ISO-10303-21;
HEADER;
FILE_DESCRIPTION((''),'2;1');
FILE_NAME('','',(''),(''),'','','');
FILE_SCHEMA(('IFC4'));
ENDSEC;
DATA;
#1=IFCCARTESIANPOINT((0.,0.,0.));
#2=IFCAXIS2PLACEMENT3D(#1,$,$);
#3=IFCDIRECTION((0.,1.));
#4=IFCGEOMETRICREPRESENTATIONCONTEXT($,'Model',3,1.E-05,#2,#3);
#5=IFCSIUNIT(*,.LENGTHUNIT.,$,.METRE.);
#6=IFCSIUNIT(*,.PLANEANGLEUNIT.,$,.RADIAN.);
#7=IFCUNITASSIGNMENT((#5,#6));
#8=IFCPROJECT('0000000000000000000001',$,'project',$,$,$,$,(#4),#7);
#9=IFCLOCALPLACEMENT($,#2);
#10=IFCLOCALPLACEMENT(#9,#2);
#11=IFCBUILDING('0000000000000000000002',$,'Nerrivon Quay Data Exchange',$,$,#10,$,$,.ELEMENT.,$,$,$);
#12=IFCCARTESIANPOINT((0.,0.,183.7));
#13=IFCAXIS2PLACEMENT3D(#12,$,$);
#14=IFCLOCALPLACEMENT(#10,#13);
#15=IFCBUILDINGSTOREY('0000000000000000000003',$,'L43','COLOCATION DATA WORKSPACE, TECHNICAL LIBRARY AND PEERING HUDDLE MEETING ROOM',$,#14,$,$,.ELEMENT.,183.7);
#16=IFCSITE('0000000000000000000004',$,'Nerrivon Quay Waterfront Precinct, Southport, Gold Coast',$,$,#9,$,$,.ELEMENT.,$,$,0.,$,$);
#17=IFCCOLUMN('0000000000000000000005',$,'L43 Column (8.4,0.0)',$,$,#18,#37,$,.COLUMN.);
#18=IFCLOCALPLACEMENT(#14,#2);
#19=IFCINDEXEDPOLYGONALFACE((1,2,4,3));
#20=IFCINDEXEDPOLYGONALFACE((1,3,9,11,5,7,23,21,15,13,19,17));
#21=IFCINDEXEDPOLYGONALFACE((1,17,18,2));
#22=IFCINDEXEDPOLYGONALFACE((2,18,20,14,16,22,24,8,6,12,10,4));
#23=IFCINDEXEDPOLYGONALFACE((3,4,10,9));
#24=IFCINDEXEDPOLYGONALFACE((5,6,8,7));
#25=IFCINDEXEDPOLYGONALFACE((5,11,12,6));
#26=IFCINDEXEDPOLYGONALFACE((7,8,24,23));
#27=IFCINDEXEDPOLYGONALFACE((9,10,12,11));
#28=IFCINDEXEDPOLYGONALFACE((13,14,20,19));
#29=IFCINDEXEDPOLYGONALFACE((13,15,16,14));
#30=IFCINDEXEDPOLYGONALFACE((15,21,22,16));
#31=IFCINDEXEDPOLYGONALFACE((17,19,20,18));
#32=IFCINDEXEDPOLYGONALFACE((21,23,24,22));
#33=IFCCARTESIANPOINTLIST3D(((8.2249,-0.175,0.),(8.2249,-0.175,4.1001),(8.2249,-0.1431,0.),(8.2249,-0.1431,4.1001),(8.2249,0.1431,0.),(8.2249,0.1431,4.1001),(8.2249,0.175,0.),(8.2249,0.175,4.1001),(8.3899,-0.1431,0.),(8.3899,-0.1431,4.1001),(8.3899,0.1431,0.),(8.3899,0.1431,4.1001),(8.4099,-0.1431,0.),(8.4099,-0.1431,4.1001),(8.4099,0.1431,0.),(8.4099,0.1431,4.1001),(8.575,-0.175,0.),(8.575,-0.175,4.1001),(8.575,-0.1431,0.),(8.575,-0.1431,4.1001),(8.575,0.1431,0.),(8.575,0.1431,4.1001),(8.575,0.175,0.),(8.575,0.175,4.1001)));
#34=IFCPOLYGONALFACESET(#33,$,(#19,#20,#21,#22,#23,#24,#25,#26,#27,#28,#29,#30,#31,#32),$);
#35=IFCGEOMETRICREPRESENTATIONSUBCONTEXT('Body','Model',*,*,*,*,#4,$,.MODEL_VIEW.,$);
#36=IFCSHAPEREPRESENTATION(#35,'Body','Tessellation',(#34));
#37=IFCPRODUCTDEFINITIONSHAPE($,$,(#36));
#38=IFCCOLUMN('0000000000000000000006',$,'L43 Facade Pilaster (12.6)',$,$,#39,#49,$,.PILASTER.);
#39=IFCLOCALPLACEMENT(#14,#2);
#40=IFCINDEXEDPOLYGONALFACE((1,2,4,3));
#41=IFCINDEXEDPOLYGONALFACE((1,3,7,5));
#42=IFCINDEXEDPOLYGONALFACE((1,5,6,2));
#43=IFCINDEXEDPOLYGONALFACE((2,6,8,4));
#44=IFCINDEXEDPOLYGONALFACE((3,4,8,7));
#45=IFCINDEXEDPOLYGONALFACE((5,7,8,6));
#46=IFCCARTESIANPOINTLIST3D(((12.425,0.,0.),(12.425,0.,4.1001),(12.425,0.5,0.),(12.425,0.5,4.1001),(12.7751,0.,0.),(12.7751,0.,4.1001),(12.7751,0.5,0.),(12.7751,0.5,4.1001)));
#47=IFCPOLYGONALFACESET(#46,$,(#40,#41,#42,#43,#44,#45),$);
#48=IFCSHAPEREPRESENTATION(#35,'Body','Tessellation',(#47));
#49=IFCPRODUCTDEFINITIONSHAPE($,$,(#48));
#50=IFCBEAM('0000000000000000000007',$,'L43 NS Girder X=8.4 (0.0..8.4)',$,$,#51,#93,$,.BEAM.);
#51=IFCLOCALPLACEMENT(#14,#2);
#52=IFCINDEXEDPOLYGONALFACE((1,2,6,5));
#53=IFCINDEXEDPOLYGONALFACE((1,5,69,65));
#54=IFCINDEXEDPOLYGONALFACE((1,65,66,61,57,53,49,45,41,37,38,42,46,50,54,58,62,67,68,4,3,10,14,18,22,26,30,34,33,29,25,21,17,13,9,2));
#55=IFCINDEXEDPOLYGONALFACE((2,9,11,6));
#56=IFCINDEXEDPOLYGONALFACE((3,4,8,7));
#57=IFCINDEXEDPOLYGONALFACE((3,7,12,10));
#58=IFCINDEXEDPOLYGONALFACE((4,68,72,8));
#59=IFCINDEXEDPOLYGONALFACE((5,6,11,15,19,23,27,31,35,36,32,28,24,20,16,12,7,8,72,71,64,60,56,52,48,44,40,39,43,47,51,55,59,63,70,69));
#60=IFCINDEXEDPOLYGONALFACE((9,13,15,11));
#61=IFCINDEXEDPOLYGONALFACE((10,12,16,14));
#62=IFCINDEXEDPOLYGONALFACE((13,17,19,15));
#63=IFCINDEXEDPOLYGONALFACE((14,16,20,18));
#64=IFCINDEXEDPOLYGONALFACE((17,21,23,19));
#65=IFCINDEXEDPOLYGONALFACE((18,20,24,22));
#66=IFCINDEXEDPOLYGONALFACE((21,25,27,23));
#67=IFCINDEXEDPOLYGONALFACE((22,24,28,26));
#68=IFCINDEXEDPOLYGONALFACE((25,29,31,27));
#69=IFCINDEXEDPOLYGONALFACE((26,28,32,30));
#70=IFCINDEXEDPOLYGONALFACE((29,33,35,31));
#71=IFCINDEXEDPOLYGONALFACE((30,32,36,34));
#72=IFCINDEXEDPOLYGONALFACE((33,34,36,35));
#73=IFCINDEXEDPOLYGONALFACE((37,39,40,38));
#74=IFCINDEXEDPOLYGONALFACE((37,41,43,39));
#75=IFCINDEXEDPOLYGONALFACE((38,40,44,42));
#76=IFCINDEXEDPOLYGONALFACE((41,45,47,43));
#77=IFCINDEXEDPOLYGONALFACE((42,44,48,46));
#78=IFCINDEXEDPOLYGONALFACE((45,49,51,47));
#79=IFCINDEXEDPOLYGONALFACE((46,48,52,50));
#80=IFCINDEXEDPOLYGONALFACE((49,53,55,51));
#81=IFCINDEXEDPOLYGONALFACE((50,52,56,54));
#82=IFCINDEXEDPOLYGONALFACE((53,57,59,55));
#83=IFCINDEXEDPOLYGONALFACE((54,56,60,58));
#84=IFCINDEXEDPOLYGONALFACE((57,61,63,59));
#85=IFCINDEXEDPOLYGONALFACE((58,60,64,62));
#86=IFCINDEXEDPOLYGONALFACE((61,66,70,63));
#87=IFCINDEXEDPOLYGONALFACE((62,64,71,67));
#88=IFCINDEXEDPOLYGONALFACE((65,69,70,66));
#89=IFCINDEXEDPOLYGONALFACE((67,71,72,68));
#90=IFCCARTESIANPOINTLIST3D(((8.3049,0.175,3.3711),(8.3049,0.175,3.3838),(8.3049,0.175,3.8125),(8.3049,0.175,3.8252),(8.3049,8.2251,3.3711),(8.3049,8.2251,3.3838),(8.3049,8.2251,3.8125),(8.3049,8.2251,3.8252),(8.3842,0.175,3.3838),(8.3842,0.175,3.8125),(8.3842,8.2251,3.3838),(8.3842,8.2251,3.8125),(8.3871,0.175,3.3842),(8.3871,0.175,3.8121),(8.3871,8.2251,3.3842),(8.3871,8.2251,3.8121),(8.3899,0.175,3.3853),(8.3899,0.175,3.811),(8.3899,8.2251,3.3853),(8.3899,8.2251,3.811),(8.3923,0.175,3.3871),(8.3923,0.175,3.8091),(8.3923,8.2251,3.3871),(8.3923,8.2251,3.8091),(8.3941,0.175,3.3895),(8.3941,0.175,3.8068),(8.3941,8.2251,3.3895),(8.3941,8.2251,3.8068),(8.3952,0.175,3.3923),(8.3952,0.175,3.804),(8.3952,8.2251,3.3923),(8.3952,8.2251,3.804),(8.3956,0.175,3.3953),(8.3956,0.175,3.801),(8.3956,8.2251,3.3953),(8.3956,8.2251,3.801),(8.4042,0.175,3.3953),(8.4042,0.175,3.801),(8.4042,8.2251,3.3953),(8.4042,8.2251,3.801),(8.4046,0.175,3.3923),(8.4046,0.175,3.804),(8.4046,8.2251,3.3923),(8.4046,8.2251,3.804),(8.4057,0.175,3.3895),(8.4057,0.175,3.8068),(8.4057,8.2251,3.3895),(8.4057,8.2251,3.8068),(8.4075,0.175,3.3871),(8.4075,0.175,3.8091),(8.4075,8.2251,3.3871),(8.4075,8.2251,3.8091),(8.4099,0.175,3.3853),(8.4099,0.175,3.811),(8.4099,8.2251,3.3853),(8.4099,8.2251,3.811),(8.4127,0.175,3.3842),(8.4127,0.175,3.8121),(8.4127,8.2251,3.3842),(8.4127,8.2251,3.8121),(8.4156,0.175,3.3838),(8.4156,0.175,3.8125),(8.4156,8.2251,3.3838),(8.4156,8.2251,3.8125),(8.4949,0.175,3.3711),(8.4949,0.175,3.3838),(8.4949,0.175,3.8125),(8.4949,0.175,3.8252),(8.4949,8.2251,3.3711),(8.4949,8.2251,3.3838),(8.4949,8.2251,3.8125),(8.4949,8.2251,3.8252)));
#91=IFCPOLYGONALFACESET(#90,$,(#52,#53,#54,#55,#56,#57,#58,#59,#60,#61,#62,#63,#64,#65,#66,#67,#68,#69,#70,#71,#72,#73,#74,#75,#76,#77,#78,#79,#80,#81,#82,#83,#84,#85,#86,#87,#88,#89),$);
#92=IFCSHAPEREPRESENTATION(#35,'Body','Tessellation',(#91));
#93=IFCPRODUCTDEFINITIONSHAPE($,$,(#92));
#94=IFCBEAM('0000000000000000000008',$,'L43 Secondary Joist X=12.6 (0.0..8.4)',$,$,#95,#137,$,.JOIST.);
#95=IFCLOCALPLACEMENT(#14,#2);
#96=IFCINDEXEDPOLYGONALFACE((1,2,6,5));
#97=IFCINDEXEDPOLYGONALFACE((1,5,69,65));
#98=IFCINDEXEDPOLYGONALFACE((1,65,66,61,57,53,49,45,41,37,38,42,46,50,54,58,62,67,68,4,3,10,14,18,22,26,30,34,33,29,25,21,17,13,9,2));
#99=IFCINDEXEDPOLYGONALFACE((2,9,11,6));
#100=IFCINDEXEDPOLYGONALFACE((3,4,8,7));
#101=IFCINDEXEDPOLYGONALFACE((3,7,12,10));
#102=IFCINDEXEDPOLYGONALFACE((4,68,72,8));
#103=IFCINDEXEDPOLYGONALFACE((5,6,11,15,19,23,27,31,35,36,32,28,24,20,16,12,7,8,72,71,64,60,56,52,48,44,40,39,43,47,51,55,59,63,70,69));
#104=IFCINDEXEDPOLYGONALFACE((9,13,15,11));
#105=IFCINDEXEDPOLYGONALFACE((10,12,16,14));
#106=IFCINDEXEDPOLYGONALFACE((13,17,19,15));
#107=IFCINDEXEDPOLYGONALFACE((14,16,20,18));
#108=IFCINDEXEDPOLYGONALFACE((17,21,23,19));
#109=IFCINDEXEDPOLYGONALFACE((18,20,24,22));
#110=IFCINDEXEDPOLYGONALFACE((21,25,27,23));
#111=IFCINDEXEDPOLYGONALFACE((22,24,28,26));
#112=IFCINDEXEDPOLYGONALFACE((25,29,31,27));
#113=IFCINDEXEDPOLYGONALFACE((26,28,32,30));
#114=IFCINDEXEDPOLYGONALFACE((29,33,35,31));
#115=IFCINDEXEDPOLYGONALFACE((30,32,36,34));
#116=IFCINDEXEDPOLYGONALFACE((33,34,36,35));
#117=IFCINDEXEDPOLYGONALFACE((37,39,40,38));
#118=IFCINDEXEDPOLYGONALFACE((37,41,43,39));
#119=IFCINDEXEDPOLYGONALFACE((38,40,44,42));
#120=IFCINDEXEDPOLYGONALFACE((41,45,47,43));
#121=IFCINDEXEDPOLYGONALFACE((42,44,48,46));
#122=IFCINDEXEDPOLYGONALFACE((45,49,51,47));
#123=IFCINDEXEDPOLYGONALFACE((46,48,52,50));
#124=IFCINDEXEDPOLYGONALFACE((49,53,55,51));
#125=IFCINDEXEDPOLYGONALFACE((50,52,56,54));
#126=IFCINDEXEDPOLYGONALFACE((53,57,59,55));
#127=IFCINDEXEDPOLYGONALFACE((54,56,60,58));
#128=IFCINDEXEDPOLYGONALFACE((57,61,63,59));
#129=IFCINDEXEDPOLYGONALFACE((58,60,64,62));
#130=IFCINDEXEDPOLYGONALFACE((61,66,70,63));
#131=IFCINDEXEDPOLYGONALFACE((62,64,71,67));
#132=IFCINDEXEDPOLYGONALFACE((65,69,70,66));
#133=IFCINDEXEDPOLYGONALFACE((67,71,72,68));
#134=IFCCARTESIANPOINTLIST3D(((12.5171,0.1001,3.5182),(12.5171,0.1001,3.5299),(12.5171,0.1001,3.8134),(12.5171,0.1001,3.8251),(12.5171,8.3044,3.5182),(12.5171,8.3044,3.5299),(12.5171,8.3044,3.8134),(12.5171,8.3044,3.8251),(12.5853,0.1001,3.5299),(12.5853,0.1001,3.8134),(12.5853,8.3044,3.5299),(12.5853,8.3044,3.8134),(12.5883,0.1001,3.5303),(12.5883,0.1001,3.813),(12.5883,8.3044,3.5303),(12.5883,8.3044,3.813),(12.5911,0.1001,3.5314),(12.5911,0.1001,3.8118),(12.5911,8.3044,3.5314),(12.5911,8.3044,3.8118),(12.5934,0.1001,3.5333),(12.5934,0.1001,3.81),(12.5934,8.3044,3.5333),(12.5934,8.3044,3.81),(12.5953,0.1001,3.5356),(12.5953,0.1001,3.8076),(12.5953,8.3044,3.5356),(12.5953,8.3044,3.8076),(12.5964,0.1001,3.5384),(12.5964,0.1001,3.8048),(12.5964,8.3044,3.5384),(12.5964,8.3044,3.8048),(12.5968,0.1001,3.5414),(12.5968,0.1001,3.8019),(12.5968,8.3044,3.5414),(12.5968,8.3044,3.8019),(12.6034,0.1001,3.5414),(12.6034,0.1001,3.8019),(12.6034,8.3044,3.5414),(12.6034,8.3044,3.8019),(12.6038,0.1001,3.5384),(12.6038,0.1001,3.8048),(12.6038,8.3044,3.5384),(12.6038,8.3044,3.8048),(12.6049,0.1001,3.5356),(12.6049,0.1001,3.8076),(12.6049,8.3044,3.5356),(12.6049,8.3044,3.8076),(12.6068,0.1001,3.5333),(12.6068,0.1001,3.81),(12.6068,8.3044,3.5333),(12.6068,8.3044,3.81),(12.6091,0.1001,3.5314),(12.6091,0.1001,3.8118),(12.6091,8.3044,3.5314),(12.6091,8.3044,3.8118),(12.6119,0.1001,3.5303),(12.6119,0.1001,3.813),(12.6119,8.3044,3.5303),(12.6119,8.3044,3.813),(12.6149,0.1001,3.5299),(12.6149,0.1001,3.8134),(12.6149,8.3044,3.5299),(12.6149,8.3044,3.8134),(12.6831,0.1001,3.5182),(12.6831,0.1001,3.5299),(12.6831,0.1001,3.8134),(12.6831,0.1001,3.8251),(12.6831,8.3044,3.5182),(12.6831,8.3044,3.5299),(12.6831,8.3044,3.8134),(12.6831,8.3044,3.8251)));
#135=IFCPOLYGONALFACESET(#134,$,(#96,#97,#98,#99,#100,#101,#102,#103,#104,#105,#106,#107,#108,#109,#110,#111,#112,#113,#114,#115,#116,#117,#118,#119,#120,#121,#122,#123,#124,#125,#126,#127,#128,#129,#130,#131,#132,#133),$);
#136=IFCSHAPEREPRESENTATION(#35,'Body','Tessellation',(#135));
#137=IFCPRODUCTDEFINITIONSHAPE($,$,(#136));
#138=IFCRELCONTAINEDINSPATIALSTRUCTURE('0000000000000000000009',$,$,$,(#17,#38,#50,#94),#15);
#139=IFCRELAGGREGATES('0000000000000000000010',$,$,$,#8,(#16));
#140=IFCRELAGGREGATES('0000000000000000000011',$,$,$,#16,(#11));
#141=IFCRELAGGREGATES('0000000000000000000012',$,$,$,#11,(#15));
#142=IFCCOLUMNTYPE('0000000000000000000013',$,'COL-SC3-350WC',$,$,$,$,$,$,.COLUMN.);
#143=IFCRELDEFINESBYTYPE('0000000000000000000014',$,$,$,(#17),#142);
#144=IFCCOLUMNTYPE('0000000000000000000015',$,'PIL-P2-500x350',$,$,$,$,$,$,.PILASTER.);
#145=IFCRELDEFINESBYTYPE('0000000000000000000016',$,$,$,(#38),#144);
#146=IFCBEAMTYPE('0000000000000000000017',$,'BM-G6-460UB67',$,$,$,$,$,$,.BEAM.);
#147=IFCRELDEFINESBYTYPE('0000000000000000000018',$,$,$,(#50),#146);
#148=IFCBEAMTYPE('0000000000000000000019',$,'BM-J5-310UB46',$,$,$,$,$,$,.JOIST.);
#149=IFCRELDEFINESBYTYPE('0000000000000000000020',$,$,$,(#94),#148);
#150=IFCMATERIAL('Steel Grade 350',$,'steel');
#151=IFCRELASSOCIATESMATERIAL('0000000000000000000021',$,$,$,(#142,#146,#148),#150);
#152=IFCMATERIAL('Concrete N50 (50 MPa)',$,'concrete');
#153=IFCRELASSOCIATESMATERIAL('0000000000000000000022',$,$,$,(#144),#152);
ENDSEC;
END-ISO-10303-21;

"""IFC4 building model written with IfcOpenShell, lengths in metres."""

from ifc_helpers import new_model, si_unit, direction, frame, origin, origin_2d, place, context, subcontext, project, spatial, rectangle, i_section, extrude, material, material_profile, profile_set, type_object, element, save


model = new_model("IFC4")

# Units and contexts
model_context = context("Model", 3, precision=1e-05, world=origin(), true_north=direction((0.0, 1.0)))
body_context = subcontext(model_context, "Body", "Model", "MODEL_VIEW")
ifc_project = project(units=[si_unit("LENGTHUNIT", "METRE"), si_unit("PLANEANGLEUNIT", "RADIAN")], contexts=[model_context])

# Site, building, storey
site_placement = place(None, origin())
site = spatial("IfcSite", under=ifc_project, at=site_placement, Name="Nerrivon Quay Waterfront Precinct, Southport, Gold Coast", CompositionType="ELEMENT", RefElevation=0.0)
building_placement = place(site_placement, origin())
building = spatial("IfcBuilding", under=site, at=building_placement, Name="Nerrivon Quay Data Exchange", CompositionType="ELEMENT")
storey_placement = place(building_placement, frame((0.0, 0.0, 183.7)))
storey = spatial("IfcBuildingStorey", under=building, at=storey_placement, Name="L43", Description="COLOCATION DATA WORKSPACE, TECHNICAL LIBRARY AND PEERING HUDDLE MEETING ROOM", CompositionType="ELEMENT", Elevation=183.7)

# Columns
ifc_material_1 = material(Name="Steel Grade 350", Category="steel")
ifc_material_profile_1 = material_profile(ifc_material_1, i_section(OverallWidth=0.3501, OverallDepth=0.3501, WebThickness=0.02, FlangeThickness=0.032, at=origin_2d()), Name="350WC230")
ifc_profile_set_1 = profile_set([ifc_material_profile_1], Name="Steel Grade 350")
column_type_1 = type_object("IfcColumnType", Name="COL-SC3-350WC", PredefinedType="COLUMN", material=ifc_profile_set_1)
column_1_placement = place(storey_placement, frame((8.3999, 0.0, 0.0), z_axis=(0.0, 0.0, 1.0), x_axis=(1.0, 0.0, 0.0)))
element("IfcColumn", 1, at=column_1_placement, inside=storey, type_object=column_type_1, Name="L43 Column (8.4,0.0)", PredefinedType="COLUMN", context=body_context, shape_type="SweptSolid", body=[
    extrude(i_section(OverallWidth=0.3501, OverallDepth=0.3501, WebThickness=0.02, FlangeThickness=0.032, at=origin_2d()), origin(), (0.0, 0.0, 1.0), 4.1001),
])
ifc_material_2 = material(Name="Concrete N50 (50 MPa)", Category="concrete")
ifc_material_profile_2 = material_profile(ifc_material_2, rectangle(XDim=0.3501, YDim=0.5, at=origin_2d()), Name="RC-PIL-500x350")
ifc_profile_set_2 = profile_set([ifc_material_profile_2], Name="Concrete N50 (50 MPa)")
column_type_2 = type_object("IfcColumnType", Name="PIL-P2-500x350", PredefinedType="PILASTER", material=ifc_profile_set_2)
column_2_placement = place(storey_placement, frame((12.6001, 0.25, 0.0), z_axis=(0.0, 0.0, 1.0), x_axis=(1.0, 0.0, 0.0)))
element("IfcColumn", 2, at=column_2_placement, inside=storey, type_object=column_type_2, Name="L43 Facade Pilaster (12.6)", PredefinedType="PILASTER", context=body_context, shape_type="SweptSolid", body=[
    extrude(rectangle(XDim=0.3501, YDim=0.5, at=origin_2d()), origin(), (0.0, 0.0, 1.0), 4.1001),
])

# Beams
ifc_material_profile_3 = material_profile(ifc_material_1, i_section(OverallWidth=0.1899, OverallDepth=0.4541, WebThickness=0.0085, FlangeThickness=0.0127, FilletRadius=0.0115, at=origin_2d()), Name="460UB67.1")
ifc_profile_set_3 = profile_set([ifc_material_profile_3], Name="Steel Grade 350")
beam_type_1 = type_object("IfcBeamType", Name="BM-G6-460UB67", PredefinedType="BEAM", material=ifc_profile_set_3)
beam_1_placement = place(storey_placement, frame((8.3999, 0.175, 3.5981), z_axis=(0.0, 1.0, 0.0), x_axis=(-1.0, 0.0, 0.0)))
element("IfcBeam", 3, at=beam_1_placement, inside=storey, type_object=beam_type_1, Name="L43 NS Girder X=8.4 (0.0..8.4)", PredefinedType="BEAM", context=body_context, shape_type="SweptSolid", body=[
    extrude(i_section(OverallWidth=0.1899, OverallDepth=0.4541, WebThickness=0.0085, FlangeThickness=0.0127, FilletRadius=0.0115, at=origin_2d()), origin(), (0.0, 0.0, 1.0), 8.05),
])
ifc_material_profile_4 = material_profile(ifc_material_1, i_section(OverallWidth=0.166, OverallDepth=0.3069, WebThickness=0.0066, FlangeThickness=0.0117, FilletRadius=0.0115, at=origin_2d()), Name="310UB46.2")
ifc_profile_set_4 = profile_set([ifc_material_profile_4], Name="Steel Grade 350")
beam_type_2 = type_object("IfcBeamType", Name="BM-J5-310UB46", PredefinedType="JOIST", material=ifc_profile_set_4)
beam_2_placement = place(storey_placement, frame((12.6001, 0.1001, 3.6716), z_axis=(0.0, 1.0, 0.0), x_axis=(-1.0, 0.0, 0.0)))
element("IfcBeam", 4, at=beam_2_placement, inside=storey, type_object=beam_type_2, Name="L43 Secondary Joist X=12.6 (0.0..8.4)", PredefinedType="JOIST", context=body_context, shape_type="SweptSolid", body=[
    extrude(i_section(OverallWidth=0.166, OverallDepth=0.3069, WebThickness=0.0066, FlangeThickness=0.0117, FilletRadius=0.0115, at=origin_2d()), origin(), (0.0, 0.0, 1.0), 8.2043),
])

save(model, "model.ifc")
